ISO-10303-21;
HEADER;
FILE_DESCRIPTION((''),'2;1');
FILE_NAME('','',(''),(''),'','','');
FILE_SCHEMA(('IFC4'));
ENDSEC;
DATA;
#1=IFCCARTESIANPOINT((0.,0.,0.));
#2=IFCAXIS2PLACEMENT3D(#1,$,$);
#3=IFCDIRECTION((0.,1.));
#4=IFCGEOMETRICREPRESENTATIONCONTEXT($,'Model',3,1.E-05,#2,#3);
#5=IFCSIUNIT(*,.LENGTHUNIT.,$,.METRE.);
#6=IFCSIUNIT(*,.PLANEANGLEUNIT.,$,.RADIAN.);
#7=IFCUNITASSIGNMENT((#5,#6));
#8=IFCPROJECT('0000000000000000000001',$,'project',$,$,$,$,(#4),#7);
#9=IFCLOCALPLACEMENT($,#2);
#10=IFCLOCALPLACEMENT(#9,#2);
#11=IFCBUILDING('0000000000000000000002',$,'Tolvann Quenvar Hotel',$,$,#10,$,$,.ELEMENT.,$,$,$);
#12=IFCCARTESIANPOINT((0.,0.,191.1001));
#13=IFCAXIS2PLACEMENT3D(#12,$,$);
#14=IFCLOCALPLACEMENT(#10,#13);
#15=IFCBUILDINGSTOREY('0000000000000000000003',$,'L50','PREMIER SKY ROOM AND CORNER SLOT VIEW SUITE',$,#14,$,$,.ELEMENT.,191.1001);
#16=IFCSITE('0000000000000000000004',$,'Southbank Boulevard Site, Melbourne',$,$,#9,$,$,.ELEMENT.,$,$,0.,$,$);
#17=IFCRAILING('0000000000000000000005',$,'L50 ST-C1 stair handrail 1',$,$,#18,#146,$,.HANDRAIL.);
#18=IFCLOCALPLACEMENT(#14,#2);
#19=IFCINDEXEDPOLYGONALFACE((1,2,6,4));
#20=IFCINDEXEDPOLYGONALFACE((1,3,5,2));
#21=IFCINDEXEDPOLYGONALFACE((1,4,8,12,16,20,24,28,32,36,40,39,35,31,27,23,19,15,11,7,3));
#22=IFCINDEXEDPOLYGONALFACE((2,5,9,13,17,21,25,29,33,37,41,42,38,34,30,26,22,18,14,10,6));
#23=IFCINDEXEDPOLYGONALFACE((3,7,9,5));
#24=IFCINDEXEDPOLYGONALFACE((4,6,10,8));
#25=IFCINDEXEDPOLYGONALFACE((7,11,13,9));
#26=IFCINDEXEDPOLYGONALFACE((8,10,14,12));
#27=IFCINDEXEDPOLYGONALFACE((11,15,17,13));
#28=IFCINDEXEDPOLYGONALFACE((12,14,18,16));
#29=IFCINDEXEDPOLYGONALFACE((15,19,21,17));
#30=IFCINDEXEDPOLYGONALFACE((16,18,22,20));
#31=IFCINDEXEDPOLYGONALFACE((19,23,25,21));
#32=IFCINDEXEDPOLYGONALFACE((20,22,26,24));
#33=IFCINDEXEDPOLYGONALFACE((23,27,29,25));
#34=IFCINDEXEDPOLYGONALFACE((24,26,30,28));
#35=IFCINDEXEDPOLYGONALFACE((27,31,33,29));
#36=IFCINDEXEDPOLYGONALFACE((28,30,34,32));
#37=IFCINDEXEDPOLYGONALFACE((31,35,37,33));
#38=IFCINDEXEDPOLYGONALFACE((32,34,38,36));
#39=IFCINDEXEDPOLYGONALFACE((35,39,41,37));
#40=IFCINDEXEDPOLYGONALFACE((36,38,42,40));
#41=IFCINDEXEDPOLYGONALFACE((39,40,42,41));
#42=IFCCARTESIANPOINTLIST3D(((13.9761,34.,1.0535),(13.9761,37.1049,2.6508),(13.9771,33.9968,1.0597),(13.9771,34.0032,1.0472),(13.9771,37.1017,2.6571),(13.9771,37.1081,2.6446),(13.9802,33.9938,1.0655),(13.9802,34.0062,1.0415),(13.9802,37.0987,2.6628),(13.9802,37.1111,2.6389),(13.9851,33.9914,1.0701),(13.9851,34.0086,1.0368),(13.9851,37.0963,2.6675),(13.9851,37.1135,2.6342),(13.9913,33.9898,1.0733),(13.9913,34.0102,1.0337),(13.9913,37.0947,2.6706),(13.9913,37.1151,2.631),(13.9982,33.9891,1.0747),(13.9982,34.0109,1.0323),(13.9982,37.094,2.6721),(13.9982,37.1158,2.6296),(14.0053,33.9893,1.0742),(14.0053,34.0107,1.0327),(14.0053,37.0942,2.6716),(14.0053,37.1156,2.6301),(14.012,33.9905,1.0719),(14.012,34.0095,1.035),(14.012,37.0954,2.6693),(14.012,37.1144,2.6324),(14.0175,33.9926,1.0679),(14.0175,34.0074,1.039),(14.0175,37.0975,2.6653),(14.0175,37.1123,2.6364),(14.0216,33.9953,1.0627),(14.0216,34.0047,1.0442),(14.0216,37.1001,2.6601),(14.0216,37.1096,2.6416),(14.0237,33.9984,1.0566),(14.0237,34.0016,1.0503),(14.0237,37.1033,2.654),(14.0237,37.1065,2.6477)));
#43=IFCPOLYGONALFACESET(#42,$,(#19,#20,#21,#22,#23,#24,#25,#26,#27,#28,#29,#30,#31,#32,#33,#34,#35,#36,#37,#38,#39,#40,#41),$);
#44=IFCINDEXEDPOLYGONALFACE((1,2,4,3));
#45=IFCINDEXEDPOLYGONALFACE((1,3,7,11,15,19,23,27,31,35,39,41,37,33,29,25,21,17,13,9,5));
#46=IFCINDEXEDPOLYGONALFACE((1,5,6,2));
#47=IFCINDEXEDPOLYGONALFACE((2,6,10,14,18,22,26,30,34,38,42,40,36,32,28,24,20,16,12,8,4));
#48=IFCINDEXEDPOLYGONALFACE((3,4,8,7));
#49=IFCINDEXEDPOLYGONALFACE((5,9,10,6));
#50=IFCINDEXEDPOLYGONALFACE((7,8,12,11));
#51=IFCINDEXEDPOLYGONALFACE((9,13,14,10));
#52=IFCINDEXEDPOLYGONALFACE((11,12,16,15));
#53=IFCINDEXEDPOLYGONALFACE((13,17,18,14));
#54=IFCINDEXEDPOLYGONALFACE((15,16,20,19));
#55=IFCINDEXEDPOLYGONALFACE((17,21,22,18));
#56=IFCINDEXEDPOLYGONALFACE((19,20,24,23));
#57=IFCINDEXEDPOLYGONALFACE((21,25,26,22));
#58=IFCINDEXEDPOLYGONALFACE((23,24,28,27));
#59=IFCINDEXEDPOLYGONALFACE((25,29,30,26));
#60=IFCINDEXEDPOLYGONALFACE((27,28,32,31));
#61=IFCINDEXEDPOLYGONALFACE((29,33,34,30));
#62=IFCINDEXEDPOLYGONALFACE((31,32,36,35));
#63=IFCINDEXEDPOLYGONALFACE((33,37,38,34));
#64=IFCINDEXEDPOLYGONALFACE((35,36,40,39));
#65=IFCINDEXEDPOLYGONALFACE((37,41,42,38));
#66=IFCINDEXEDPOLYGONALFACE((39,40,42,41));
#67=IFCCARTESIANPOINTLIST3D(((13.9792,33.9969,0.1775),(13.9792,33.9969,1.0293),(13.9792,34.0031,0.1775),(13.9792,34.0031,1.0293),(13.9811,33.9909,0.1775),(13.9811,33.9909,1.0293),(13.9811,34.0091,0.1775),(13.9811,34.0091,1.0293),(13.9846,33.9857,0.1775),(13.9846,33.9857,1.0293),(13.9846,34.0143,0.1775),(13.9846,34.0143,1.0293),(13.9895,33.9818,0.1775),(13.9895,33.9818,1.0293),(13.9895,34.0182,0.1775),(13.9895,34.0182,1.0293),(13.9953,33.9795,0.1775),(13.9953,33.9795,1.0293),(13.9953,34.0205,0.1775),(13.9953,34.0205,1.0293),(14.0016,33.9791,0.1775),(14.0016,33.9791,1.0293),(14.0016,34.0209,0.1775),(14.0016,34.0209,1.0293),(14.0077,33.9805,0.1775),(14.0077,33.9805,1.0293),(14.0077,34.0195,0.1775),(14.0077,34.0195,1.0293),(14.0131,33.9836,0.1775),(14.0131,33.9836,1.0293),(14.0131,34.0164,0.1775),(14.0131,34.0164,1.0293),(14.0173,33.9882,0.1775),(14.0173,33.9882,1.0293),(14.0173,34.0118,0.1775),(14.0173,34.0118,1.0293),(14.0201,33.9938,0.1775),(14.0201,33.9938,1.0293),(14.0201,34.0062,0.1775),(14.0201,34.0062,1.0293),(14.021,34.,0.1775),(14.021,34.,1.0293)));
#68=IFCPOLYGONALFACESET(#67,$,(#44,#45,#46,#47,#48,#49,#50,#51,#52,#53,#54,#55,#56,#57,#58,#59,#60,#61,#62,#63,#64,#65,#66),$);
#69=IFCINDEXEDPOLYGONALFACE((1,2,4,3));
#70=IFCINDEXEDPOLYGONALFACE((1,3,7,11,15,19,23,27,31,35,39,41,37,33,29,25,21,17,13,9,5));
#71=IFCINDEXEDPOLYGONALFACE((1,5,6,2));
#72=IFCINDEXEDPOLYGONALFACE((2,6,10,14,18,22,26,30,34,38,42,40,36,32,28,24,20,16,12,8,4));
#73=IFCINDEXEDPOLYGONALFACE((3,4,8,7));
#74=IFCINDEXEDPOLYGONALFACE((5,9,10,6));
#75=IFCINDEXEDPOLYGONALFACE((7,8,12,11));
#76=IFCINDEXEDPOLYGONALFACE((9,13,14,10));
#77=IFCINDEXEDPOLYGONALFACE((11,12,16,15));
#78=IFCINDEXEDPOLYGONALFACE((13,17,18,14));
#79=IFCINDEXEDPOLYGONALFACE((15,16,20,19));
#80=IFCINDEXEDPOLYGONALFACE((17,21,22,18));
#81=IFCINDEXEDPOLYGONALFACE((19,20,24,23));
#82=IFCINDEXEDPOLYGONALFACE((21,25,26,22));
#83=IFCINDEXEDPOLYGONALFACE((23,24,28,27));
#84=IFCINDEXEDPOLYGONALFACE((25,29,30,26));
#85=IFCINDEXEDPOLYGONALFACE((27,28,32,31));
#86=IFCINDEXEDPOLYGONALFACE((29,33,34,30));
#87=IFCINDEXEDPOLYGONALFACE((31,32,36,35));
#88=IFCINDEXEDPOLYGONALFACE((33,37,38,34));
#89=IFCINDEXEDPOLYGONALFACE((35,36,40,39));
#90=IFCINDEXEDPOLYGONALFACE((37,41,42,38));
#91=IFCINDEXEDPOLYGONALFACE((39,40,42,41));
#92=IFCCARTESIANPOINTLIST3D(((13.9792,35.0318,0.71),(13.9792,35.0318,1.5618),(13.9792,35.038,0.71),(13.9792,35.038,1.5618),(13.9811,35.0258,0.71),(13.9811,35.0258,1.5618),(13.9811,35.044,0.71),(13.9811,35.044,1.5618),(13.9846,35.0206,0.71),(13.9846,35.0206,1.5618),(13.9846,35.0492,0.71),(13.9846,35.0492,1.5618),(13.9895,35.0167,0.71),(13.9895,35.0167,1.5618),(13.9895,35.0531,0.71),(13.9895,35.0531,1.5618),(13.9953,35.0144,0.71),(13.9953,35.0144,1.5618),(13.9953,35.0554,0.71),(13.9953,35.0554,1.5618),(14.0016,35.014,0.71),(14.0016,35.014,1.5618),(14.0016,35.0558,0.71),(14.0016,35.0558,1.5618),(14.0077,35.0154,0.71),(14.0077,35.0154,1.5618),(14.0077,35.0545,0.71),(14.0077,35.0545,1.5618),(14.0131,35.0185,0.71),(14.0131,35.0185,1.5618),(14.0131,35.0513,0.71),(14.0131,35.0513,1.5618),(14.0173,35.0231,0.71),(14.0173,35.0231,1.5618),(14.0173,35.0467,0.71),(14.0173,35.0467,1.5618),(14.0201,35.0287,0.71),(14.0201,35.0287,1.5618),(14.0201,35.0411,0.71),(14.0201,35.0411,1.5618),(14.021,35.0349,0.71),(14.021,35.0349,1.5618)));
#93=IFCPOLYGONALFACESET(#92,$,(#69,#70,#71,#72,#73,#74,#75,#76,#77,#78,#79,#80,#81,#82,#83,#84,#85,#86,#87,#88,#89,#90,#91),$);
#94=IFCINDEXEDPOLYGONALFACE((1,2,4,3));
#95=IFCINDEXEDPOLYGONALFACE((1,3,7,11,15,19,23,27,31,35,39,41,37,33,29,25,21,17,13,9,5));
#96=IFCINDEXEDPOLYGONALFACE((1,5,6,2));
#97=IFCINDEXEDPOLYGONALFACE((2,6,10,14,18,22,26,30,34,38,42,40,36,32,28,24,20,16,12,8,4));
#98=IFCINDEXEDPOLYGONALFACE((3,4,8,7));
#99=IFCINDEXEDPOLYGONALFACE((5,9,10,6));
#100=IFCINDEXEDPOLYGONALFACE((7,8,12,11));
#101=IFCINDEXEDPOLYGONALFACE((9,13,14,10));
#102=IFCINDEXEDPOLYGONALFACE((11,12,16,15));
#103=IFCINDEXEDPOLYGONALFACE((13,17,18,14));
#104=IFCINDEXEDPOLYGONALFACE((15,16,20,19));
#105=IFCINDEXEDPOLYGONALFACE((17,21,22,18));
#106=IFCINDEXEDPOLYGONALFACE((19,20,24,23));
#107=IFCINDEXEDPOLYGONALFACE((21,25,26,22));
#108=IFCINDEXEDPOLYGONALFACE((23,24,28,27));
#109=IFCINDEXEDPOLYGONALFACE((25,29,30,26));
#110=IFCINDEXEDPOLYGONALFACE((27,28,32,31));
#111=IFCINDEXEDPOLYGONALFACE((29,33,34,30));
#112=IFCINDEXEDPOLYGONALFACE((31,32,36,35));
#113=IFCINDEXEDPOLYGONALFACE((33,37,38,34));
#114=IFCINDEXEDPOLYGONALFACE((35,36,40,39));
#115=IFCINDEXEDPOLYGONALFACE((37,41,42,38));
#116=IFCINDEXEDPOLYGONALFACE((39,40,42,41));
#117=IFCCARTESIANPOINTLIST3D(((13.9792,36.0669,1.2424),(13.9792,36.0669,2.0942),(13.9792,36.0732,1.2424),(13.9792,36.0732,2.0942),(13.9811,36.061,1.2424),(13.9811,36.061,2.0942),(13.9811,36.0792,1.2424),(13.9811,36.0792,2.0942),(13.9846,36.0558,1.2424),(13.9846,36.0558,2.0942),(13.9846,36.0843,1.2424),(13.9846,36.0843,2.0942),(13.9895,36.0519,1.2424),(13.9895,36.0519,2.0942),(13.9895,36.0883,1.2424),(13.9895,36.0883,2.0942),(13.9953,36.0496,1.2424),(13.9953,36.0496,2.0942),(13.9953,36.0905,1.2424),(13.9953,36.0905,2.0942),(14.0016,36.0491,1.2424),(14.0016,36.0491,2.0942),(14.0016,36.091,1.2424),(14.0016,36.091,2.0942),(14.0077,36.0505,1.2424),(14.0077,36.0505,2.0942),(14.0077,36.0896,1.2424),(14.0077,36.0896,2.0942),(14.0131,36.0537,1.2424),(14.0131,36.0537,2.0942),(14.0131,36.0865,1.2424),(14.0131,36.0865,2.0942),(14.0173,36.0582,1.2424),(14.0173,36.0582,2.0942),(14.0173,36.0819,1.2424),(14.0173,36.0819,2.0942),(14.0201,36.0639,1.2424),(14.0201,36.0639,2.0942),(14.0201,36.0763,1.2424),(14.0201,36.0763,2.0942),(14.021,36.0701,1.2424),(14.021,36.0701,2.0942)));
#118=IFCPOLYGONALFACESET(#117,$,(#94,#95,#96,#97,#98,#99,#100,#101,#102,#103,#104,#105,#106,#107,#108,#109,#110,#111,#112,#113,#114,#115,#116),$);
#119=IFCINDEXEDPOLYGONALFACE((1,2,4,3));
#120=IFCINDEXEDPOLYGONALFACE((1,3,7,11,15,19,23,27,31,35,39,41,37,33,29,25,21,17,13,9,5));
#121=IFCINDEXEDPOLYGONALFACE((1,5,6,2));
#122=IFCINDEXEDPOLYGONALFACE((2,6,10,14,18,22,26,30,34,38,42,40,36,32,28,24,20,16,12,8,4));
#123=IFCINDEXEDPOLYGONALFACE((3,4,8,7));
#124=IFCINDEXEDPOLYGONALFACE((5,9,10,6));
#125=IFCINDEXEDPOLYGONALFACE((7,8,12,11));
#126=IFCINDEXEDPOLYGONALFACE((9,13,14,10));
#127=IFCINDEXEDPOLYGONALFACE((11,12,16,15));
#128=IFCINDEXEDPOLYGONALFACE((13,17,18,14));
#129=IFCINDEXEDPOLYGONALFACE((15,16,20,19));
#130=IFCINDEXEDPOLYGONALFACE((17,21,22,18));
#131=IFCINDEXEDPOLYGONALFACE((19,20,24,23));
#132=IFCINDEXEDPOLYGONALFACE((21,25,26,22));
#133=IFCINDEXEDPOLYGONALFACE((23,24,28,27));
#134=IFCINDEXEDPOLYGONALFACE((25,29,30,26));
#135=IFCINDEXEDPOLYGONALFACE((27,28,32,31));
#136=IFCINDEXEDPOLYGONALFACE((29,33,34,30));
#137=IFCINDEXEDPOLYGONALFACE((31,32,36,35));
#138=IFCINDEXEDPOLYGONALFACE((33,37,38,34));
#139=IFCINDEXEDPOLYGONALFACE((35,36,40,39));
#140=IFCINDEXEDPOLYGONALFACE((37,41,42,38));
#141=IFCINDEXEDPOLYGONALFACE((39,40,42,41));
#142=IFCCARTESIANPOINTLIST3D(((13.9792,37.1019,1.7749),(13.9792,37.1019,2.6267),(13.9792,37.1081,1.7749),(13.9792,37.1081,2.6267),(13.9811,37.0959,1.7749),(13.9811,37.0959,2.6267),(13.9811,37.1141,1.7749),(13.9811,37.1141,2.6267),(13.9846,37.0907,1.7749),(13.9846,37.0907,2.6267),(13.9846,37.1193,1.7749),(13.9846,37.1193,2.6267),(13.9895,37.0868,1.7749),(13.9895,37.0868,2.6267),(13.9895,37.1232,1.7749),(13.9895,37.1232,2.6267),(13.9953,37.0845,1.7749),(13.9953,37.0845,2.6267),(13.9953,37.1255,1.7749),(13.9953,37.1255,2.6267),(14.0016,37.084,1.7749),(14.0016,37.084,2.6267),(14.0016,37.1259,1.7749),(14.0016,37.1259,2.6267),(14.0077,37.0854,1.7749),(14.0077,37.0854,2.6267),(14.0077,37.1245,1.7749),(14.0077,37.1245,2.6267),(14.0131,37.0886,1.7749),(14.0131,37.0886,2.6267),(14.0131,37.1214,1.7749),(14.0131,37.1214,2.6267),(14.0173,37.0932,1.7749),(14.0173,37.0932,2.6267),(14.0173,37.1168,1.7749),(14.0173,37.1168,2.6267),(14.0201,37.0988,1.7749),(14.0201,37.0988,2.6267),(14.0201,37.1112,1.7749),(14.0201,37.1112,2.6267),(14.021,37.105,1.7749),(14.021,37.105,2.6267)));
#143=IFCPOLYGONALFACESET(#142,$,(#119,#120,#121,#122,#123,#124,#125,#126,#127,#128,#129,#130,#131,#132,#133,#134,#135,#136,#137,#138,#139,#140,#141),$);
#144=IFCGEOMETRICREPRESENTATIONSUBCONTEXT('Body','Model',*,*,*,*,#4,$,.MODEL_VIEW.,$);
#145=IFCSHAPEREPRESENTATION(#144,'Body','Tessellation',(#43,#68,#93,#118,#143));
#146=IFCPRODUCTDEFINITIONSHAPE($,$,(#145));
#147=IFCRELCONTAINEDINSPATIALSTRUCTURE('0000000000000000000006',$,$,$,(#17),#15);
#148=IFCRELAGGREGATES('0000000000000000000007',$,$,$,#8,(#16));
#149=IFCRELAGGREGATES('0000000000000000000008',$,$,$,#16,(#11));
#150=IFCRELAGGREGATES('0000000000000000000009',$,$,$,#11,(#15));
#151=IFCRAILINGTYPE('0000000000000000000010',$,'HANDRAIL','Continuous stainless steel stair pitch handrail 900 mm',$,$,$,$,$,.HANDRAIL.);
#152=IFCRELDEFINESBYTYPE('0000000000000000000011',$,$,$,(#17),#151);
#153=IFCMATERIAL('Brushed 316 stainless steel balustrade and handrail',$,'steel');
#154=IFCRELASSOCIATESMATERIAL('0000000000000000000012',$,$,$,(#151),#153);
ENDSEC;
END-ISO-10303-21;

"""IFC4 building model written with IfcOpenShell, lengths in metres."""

from ifc_helpers import new_model, si_unit, direction, frame, origin, origin_2d, place, context, subcontext, project, spatial, circle, extrude, material, type_object, element, save


model = new_model("IFC4")

# Units and contexts
model_context = context("Model", 3, precision=1e-05, world=origin(), true_north=direction((0.0, 1.0)))
body_context = subcontext(model_context, "Body", "Model", "MODEL_VIEW")
ifc_project = project(units=[si_unit("LENGTHUNIT", "METRE"), si_unit("PLANEANGLEUNIT", "RADIAN")], contexts=[model_context])

# Site, building, storey
site_placement = place(None, origin())
site = spatial("IfcSite", under=ifc_project, at=site_placement, Name="Southbank Boulevard Site, Melbourne", CompositionType="ELEMENT", RefElevation=0.0)
building_placement = place(site_placement, origin())
building = spatial("IfcBuilding", under=site, at=building_placement, Name="Tolvann Quenvar Hotel", CompositionType="ELEMENT")
storey_placement = place(building_placement, frame((0.0, 0.0, 191.1001)))
storey = spatial("IfcBuildingStorey", under=building, at=storey_placement, Name="L50", Description="PREMIER SKY ROOM AND CORNER SLOT VIEW SUITE", CompositionType="ELEMENT", Elevation=191.1001)

# Railing
ifc_material_1 = material(Name="Brushed 316 stainless steel balustrade and handrail", Category="steel")
railing_type_1 = type_object("IfcRailingType", Name="HANDRAIL", Description="Continuous stainless steel stair pitch handrail 900 mm", PredefinedType="HANDRAIL", material=ifc_material_1)
railing_1_placement = place(storey_placement, frame((14.0, 34.0, 0.1775)))
element("IfcRailing", 1, at=railing_1_placement, inside=storey, type_object=railing_type_1, Name="L50 ST-C1 stair handrail 1", PredefinedType="HANDRAIL", context=body_context, shape_type="SweptSolid", body=[
    extrude(circle(Radius=0.0239, at=origin_2d()), frame((0.0, 0.0, 0.876), z_axis=(0.0, 0.889222, 0.457476), x_axis=(-1.0, 0.0, 0.0)), (0.0, 0.0, 1.0), 3.4917),
    extrude(circle(Radius=0.021, at=origin_2d()), origin(), (0.0, 0.0, 1.0), 0.8518),
    extrude(circle(Radius=0.021, at=origin_2d()), frame((0.0, 1.0349, 0.5325)), (0.0, 0.0, 1.0), 0.8518),
    extrude(circle(Radius=0.021, at=origin_2d()), frame((0.0, 2.0701, 1.0649)), (0.0, 0.0, 1.0), 0.8518),
    extrude(circle(Radius=0.021, at=origin_2d()), frame((0.0, 3.105, 1.5974)), (0.0, 0.0, 1.0), 0.8518),
])

save(model, "model.ifc")
